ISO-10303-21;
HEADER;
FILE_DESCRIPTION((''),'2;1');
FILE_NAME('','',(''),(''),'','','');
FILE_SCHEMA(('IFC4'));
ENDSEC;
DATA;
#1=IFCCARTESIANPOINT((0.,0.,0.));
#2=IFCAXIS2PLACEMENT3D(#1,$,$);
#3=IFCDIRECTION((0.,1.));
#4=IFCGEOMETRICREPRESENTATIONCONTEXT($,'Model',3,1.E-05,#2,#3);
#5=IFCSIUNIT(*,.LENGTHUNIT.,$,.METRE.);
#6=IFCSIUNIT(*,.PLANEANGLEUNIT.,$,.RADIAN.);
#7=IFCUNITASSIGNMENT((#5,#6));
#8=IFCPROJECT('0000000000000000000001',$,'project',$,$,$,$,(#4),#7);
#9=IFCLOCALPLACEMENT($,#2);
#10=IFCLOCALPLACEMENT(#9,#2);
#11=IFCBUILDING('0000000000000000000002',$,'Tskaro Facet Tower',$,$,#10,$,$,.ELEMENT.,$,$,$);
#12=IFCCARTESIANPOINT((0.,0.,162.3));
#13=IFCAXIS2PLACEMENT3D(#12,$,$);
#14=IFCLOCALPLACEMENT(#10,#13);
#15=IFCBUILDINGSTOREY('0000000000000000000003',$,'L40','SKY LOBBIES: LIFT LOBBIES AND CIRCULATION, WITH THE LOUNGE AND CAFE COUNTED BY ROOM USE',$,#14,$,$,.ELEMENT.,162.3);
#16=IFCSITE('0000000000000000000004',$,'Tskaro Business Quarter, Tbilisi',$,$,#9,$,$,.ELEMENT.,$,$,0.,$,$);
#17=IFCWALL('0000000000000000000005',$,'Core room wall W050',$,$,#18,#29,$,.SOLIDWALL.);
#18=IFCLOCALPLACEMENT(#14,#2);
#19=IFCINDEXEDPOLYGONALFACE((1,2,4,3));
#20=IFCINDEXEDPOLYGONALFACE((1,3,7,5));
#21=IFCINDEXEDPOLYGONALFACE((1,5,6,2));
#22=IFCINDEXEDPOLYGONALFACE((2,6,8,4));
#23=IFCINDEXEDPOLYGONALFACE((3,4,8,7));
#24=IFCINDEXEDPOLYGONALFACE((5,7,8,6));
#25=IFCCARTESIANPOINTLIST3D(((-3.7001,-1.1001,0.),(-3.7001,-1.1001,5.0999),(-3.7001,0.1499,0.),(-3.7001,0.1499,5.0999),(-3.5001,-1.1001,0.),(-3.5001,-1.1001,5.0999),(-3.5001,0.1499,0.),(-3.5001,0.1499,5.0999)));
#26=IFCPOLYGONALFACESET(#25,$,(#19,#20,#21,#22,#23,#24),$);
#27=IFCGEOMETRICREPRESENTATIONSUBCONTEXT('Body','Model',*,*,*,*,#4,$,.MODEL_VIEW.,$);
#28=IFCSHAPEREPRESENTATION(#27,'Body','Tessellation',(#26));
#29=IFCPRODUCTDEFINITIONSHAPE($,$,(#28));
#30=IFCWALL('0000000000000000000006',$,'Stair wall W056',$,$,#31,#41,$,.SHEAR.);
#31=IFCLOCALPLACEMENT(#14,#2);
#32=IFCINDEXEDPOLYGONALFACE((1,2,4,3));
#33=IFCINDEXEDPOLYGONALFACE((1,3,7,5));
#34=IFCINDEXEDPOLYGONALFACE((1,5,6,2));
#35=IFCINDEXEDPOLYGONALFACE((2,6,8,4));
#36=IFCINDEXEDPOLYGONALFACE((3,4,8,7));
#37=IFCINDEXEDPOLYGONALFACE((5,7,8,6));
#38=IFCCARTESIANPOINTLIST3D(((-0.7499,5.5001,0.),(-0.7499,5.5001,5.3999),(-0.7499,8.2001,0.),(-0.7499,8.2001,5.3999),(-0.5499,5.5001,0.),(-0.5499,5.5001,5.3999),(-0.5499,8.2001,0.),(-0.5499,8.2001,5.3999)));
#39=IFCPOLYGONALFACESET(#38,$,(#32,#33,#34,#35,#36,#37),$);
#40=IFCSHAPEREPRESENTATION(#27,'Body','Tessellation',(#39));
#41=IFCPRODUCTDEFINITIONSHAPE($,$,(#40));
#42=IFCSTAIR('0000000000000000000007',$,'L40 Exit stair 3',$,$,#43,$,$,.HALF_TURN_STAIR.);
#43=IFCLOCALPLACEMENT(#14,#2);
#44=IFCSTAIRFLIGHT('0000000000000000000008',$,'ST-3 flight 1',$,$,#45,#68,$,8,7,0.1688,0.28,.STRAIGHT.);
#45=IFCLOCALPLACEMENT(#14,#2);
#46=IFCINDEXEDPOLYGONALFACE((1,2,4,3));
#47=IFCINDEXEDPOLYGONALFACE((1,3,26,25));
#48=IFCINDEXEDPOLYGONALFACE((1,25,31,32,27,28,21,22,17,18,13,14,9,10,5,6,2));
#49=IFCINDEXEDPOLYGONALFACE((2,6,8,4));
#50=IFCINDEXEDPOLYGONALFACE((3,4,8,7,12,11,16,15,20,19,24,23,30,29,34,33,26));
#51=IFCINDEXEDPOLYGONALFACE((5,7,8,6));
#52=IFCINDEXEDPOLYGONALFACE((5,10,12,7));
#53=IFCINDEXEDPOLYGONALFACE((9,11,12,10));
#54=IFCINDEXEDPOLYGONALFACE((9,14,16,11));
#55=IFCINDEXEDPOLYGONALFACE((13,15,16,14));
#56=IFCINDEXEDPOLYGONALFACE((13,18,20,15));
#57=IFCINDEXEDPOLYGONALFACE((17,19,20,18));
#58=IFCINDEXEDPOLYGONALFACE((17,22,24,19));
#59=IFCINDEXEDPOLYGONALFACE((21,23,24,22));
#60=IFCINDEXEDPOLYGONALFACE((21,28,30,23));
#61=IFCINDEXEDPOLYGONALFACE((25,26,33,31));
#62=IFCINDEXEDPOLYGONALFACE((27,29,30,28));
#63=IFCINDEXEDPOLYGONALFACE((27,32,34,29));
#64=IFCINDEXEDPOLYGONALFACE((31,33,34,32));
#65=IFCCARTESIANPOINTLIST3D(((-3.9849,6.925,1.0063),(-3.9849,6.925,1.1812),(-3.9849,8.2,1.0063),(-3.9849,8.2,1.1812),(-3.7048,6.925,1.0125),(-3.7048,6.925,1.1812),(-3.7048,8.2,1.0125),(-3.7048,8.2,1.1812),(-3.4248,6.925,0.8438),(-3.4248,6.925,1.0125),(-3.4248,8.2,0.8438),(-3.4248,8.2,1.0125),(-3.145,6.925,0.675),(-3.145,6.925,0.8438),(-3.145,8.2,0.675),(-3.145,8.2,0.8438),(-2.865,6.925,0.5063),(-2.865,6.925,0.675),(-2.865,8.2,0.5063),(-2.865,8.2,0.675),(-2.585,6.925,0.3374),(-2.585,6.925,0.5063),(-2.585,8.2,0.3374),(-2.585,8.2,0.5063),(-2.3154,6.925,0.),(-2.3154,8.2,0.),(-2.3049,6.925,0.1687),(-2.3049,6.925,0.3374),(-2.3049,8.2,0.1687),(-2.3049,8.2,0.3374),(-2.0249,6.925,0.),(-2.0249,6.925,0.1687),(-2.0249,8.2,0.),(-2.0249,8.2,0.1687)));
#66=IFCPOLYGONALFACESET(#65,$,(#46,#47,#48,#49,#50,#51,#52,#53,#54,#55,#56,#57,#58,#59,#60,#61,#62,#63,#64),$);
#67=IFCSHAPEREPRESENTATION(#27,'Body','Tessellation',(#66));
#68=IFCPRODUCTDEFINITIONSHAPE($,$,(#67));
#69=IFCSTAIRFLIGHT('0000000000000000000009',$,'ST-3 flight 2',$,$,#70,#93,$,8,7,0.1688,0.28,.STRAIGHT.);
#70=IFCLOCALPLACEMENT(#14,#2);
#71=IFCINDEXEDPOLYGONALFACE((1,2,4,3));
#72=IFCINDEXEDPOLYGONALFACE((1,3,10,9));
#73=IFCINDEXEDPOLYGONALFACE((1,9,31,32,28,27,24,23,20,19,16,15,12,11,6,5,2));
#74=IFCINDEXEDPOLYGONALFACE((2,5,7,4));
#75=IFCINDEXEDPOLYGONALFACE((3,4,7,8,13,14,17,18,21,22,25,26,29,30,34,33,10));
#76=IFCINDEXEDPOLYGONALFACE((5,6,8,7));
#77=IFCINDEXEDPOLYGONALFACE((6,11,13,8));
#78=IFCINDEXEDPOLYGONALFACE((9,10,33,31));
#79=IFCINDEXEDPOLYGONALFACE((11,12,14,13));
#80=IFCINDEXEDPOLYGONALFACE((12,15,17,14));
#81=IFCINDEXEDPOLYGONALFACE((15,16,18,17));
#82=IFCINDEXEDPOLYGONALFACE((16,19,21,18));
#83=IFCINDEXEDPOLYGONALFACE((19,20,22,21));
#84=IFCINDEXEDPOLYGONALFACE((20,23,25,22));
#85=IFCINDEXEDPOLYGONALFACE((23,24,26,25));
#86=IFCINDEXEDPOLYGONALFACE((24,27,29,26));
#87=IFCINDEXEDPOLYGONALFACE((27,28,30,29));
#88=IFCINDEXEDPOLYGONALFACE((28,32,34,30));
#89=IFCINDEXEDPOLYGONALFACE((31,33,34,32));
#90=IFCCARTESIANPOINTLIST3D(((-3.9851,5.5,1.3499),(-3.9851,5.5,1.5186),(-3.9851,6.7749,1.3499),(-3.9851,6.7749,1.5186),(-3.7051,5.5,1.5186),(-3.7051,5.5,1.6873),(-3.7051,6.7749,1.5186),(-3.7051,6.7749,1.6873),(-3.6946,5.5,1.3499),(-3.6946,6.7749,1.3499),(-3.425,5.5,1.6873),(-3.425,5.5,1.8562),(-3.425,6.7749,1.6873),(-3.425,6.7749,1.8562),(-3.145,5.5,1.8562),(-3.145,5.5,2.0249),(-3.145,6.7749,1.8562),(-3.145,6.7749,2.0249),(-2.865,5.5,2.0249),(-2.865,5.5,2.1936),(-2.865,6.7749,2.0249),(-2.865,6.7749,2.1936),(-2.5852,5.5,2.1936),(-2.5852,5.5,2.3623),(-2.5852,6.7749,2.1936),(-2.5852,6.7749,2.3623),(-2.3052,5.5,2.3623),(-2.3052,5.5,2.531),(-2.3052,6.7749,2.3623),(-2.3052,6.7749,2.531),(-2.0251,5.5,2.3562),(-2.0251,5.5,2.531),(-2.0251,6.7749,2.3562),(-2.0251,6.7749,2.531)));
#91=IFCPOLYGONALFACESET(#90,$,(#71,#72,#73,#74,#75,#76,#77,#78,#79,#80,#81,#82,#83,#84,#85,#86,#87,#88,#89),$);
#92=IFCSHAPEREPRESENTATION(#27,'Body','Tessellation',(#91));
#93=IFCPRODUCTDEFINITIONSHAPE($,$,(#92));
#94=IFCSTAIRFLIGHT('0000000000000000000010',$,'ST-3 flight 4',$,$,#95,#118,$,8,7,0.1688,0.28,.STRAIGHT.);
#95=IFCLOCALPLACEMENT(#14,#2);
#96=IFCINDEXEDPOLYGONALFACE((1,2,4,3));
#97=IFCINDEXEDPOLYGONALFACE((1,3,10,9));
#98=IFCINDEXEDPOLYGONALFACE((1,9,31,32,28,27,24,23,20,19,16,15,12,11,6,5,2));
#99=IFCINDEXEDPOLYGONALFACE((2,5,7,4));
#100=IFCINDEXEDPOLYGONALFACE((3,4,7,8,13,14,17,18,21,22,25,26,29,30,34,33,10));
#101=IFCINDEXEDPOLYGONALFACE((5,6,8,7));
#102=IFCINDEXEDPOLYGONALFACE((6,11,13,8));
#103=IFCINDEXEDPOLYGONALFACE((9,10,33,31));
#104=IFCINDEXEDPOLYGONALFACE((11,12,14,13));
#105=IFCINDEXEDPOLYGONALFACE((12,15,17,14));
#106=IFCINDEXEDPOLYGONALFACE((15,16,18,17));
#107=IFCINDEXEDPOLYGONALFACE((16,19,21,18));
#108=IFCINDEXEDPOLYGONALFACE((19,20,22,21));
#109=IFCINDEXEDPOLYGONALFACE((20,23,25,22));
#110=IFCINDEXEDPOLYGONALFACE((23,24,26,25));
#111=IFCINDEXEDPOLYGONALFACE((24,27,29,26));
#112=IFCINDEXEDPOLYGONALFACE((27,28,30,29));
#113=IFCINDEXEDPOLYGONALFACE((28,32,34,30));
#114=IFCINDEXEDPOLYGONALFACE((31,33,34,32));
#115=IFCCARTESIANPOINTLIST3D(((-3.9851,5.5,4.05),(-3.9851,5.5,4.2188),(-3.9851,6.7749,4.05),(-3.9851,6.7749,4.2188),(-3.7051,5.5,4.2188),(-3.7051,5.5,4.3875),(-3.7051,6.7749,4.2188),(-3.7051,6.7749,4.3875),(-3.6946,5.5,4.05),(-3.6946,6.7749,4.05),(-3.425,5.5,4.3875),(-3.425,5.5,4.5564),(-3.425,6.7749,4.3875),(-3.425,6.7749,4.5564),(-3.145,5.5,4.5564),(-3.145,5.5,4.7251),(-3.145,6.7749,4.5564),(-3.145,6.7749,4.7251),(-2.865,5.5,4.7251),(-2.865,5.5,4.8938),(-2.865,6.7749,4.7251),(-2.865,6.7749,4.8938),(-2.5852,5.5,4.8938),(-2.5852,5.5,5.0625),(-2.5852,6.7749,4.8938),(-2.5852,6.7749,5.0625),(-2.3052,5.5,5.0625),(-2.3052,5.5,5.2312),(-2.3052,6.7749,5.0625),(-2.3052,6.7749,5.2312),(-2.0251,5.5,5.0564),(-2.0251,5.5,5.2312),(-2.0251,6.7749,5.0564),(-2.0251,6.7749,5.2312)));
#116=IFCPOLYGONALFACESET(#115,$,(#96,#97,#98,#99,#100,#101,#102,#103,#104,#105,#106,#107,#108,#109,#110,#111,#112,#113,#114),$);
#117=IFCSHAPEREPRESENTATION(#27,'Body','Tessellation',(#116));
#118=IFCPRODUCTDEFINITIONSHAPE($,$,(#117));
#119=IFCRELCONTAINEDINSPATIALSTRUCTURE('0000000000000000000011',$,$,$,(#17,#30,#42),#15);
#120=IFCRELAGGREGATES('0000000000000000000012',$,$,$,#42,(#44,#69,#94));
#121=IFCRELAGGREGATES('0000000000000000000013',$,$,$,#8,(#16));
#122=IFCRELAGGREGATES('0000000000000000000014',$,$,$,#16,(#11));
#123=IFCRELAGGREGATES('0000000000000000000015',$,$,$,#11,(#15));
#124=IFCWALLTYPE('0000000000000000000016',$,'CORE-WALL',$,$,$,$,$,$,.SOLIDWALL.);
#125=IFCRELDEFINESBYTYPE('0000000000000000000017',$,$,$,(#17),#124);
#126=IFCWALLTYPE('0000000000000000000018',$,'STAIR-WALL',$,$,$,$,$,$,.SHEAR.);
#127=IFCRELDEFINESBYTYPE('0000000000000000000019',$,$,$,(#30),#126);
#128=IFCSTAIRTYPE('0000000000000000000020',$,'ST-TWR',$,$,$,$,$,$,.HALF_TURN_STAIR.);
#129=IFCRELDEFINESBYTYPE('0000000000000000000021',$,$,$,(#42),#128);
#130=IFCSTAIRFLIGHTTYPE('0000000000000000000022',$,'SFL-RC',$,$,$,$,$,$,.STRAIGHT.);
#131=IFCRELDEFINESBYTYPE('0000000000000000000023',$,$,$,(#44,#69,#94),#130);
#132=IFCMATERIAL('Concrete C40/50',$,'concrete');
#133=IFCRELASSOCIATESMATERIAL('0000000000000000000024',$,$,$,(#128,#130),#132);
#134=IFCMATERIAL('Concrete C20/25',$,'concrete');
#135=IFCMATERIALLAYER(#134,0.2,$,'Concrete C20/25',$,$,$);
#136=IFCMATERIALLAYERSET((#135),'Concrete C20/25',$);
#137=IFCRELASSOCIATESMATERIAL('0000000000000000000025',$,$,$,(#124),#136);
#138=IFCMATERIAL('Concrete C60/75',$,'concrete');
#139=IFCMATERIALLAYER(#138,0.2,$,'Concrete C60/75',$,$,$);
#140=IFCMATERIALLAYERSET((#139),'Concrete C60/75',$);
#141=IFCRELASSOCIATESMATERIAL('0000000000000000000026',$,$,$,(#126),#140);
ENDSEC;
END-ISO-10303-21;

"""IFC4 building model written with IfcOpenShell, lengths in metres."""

from ifc_helpers import new_model, si_unit, direction, frame, frame_2d, origin, place, context, subcontext, project, spatial, polyline, rectangle, outline, extrude, material, layer, layer_set, type_object, element, aggregate, save


model = new_model("IFC4")

# Units and contexts
model_context = context("Model", 3, precision=1e-05, world=origin(), true_north=direction((0.0, 1.0)))
body_context = subcontext(model_context, "Body", "Model", "MODEL_VIEW")
ifc_project = project(units=[si_unit("LENGTHUNIT", "METRE"), si_unit("PLANEANGLEUNIT", "RADIAN")], contexts=[model_context])

# Site, building, storey
site_placement = place(None, origin())
site = spatial("IfcSite", under=ifc_project, at=site_placement, Name="Tskaro Business Quarter, Tbilisi", CompositionType="ELEMENT", RefElevation=0.0)
building_placement = place(site_placement, origin())
building = spatial("IfcBuilding", under=site, at=building_placement, Name="Tskaro Facet Tower", CompositionType="ELEMENT")
storey_placement = place(building_placement, frame((0.0, 0.0, 162.3)))
storey = spatial("IfcBuildingStorey", under=building, at=storey_placement, Name="L40", Description="SKY LOBBIES: LIFT LOBBIES AND CIRCULATION, WITH THE LOUNGE AND CAFE COUNTED BY ROOM USE", CompositionType="ELEMENT", Elevation=162.3)

# Shared definitions
ifc_material_1 = material(Name="Concrete C40/50", Category="concrete")
stair_type = type_object("IfcStairType", Name="ST-TWR", PredefinedType="HALF_TURN_STAIR", material=ifc_material_1)

# Shared definitions
ifc_material_2 = material(Name="Concrete C60/75", Category="concrete")

# Walls
ifc_material_3 = material(Name="Concrete C20/25", Category="concrete")
ifc_layer_1 = layer(ifc_material_3, 0.2, Name="Concrete C20/25")
ifc_layer_set_1 = layer_set([ifc_layer_1], Name="Concrete C20/25")
wall_type_1 = type_object("IfcWallType", Name="CORE-WALL", PredefinedType="SOLIDWALL", material=ifc_layer_set_1)
wall_1_placement = place(storey_placement, frame((-3.6001, -1.1001, 0.0), z_axis=(0.0, 0.0, 1.0), x_axis=(0.0, 1.0, 0.0)))
element("IfcWall", 1, at=wall_1_placement, inside=storey, type_object=wall_type_1, Name="Core room wall W050", PredefinedType="SOLIDWALL", context=body_context, shape_type="SweptSolid", body=[
    extrude(rectangle(XDim=1.25, YDim=0.2, at=frame_2d((0.625, 0.0))), origin(), (0.0, 0.0, 1.0), 5.0999),
])
ifc_layer_2 = layer(ifc_material_2, 0.2, Name="Concrete C60/75")
ifc_layer_set_2 = layer_set([ifc_layer_2], Name="Concrete C60/75")
wall_type_2 = type_object("IfcWallType", Name="STAIR-WALL", PredefinedType="SHEAR", material=ifc_layer_set_2)
wall_2_placement = place(storey_placement, frame((-0.6499, 5.5, 0.0), z_axis=(0.0, 0.0, 1.0), x_axis=(0.0, 1.0, 0.0)))
element("IfcWall", 2, at=wall_2_placement, inside=storey, type_object=wall_type_2, Name="Stair wall W056", PredefinedType="SHEAR", context=body_context, shape_type="SweptSolid", body=[
    extrude(rectangle(XDim=2.7, YDim=0.2, at=frame_2d((1.3501, 0.0))), origin(), (0.0, 0.0, 1.0), 5.3999),
])

# Stair, stair flights
stair_1_placement = place(storey_placement, origin())
stair_1 = element("IfcStair", 3, at=stair_1_placement, inside=storey, type_object=stair_type, Name="L40 Exit stair 3", PredefinedType="HALF_TURN_STAIR")
stair_flight_type = type_object("IfcStairFlightType", Name="SFL-RC", PredefinedType="STRAIGHT", material=ifc_material_1)
stair_flight_1_placement = place(storey_placement, frame((-2.0249, 7.5625, 0.0), z_axis=(0.0, 0.0, 1.0), x_axis=(-1.0, 0.0, 0.0)))
stair_flight_1 = element("IfcStairFlight", 4, at=stair_flight_1_placement, type_object=stair_flight_type, Name="ST-3 flight 1", NumberOfRisers=8, NumberOfTreads=7, PredefinedType="STRAIGHT", RiserHeight=0.1688, TreadLength=0.28, context=body_context, shape_type="SweptSolid", body=[
    extrude(outline(polyline([(0.0, 0.0), (0.0, 0.1687), (0.28, 0.1687), (0.28, 0.3374), (0.5601, 0.3374), (0.5601, 0.5063), (0.8401, 0.5063), (0.8401, 0.675), (1.1201, 0.675), (1.1201, 0.8438), (1.3999, 0.8438), (1.3999, 1.0125), (1.6799, 1.0125), (1.6799, 1.1812), (1.96, 1.1812), (1.96, 1.3501), (1.96, 1.0063), (0.2905, 0.0), (0.0, 0.0)])), frame((0.0, 0.6375, 0.0), z_axis=(0.0, -1.0, 0.0), x_axis=(1.0, 0.0, 0.0)), (0.0, 0.0, 1.0), 1.2749),
])
stair_flight_2_placement = place(storey_placement, frame((-3.9851, 6.1375, 1.3499), z_axis=(0.0, 0.0, 1.0), x_axis=(1.0, 0.0, 0.0)))
stair_flight_2 = element("IfcStairFlight", 5, at=stair_flight_2_placement, type_object=stair_flight_type, Name="ST-3 flight 2", NumberOfRisers=8, NumberOfTreads=7, PredefinedType="STRAIGHT", RiserHeight=0.1688, TreadLength=0.28, context=body_context, shape_type="SweptSolid", body=[
    extrude(outline(polyline([(0.0, 0.0), (0.0, 0.1687), (0.28, 0.1687), (0.28, 0.3374), (0.5601, 0.3374), (0.5601, 0.5063), (0.8401, 0.5063), (0.8401, 0.675), (1.1201, 0.675), (1.1201, 0.8438), (1.3999, 0.8438), (1.3999, 1.0125), (1.6799, 1.0125), (1.6799, 1.1812), (1.96, 1.1812), (1.96, 1.3501), (1.96, 1.0063), (0.2905, 0.0), (0.0, 0.0)])), frame((0.0, 0.6375, 0.0), z_axis=(0.0, -1.0, 0.0), x_axis=(1.0, 0.0, 0.0)), (0.0, 0.0, 1.0), 1.2749),
])
stair_flight_3_placement = place(storey_placement, frame((-3.9851, 6.1375, 4.05), z_axis=(0.0, 0.0, 1.0), x_axis=(1.0, 0.0, 0.0)))
stair_flight_3 = element("IfcStairFlight", 6, at=stair_flight_3_placement, type_object=stair_flight_type, Name="ST-3 flight 4", NumberOfRisers=8, NumberOfTreads=7, PredefinedType="STRAIGHT", RiserHeight=0.1688, TreadLength=0.28, context=body_context, shape_type="SweptSolid", body=[
    extrude(outline(polyline([(0.0, 0.0), (0.0, 0.1687), (0.28, 0.1687), (0.28, 0.3374), (0.5601, 0.3374), (0.5601, 0.5063), (0.8401, 0.5063), (0.8401, 0.675), (1.1201, 0.675), (1.1201, 0.8438), (1.3999, 0.8438), (1.3999, 1.0125), (1.6799, 1.0125), (1.6799, 1.1812), (1.96, 1.1812), (1.96, 1.3501), (1.96, 1.0063), (0.2905, 0.0), (0.0, 0.0)])), frame((0.0, 0.6375, 0.0), z_axis=(0.0, -1.0, 0.0), x_axis=(1.0, 0.0, 0.0)), (0.0, 0.0, 1.0), 1.2749),
])
aggregate(stair_1, [stair_flight_1, stair_flight_2, stair_flight_3])

save(model, "model.ifc")
